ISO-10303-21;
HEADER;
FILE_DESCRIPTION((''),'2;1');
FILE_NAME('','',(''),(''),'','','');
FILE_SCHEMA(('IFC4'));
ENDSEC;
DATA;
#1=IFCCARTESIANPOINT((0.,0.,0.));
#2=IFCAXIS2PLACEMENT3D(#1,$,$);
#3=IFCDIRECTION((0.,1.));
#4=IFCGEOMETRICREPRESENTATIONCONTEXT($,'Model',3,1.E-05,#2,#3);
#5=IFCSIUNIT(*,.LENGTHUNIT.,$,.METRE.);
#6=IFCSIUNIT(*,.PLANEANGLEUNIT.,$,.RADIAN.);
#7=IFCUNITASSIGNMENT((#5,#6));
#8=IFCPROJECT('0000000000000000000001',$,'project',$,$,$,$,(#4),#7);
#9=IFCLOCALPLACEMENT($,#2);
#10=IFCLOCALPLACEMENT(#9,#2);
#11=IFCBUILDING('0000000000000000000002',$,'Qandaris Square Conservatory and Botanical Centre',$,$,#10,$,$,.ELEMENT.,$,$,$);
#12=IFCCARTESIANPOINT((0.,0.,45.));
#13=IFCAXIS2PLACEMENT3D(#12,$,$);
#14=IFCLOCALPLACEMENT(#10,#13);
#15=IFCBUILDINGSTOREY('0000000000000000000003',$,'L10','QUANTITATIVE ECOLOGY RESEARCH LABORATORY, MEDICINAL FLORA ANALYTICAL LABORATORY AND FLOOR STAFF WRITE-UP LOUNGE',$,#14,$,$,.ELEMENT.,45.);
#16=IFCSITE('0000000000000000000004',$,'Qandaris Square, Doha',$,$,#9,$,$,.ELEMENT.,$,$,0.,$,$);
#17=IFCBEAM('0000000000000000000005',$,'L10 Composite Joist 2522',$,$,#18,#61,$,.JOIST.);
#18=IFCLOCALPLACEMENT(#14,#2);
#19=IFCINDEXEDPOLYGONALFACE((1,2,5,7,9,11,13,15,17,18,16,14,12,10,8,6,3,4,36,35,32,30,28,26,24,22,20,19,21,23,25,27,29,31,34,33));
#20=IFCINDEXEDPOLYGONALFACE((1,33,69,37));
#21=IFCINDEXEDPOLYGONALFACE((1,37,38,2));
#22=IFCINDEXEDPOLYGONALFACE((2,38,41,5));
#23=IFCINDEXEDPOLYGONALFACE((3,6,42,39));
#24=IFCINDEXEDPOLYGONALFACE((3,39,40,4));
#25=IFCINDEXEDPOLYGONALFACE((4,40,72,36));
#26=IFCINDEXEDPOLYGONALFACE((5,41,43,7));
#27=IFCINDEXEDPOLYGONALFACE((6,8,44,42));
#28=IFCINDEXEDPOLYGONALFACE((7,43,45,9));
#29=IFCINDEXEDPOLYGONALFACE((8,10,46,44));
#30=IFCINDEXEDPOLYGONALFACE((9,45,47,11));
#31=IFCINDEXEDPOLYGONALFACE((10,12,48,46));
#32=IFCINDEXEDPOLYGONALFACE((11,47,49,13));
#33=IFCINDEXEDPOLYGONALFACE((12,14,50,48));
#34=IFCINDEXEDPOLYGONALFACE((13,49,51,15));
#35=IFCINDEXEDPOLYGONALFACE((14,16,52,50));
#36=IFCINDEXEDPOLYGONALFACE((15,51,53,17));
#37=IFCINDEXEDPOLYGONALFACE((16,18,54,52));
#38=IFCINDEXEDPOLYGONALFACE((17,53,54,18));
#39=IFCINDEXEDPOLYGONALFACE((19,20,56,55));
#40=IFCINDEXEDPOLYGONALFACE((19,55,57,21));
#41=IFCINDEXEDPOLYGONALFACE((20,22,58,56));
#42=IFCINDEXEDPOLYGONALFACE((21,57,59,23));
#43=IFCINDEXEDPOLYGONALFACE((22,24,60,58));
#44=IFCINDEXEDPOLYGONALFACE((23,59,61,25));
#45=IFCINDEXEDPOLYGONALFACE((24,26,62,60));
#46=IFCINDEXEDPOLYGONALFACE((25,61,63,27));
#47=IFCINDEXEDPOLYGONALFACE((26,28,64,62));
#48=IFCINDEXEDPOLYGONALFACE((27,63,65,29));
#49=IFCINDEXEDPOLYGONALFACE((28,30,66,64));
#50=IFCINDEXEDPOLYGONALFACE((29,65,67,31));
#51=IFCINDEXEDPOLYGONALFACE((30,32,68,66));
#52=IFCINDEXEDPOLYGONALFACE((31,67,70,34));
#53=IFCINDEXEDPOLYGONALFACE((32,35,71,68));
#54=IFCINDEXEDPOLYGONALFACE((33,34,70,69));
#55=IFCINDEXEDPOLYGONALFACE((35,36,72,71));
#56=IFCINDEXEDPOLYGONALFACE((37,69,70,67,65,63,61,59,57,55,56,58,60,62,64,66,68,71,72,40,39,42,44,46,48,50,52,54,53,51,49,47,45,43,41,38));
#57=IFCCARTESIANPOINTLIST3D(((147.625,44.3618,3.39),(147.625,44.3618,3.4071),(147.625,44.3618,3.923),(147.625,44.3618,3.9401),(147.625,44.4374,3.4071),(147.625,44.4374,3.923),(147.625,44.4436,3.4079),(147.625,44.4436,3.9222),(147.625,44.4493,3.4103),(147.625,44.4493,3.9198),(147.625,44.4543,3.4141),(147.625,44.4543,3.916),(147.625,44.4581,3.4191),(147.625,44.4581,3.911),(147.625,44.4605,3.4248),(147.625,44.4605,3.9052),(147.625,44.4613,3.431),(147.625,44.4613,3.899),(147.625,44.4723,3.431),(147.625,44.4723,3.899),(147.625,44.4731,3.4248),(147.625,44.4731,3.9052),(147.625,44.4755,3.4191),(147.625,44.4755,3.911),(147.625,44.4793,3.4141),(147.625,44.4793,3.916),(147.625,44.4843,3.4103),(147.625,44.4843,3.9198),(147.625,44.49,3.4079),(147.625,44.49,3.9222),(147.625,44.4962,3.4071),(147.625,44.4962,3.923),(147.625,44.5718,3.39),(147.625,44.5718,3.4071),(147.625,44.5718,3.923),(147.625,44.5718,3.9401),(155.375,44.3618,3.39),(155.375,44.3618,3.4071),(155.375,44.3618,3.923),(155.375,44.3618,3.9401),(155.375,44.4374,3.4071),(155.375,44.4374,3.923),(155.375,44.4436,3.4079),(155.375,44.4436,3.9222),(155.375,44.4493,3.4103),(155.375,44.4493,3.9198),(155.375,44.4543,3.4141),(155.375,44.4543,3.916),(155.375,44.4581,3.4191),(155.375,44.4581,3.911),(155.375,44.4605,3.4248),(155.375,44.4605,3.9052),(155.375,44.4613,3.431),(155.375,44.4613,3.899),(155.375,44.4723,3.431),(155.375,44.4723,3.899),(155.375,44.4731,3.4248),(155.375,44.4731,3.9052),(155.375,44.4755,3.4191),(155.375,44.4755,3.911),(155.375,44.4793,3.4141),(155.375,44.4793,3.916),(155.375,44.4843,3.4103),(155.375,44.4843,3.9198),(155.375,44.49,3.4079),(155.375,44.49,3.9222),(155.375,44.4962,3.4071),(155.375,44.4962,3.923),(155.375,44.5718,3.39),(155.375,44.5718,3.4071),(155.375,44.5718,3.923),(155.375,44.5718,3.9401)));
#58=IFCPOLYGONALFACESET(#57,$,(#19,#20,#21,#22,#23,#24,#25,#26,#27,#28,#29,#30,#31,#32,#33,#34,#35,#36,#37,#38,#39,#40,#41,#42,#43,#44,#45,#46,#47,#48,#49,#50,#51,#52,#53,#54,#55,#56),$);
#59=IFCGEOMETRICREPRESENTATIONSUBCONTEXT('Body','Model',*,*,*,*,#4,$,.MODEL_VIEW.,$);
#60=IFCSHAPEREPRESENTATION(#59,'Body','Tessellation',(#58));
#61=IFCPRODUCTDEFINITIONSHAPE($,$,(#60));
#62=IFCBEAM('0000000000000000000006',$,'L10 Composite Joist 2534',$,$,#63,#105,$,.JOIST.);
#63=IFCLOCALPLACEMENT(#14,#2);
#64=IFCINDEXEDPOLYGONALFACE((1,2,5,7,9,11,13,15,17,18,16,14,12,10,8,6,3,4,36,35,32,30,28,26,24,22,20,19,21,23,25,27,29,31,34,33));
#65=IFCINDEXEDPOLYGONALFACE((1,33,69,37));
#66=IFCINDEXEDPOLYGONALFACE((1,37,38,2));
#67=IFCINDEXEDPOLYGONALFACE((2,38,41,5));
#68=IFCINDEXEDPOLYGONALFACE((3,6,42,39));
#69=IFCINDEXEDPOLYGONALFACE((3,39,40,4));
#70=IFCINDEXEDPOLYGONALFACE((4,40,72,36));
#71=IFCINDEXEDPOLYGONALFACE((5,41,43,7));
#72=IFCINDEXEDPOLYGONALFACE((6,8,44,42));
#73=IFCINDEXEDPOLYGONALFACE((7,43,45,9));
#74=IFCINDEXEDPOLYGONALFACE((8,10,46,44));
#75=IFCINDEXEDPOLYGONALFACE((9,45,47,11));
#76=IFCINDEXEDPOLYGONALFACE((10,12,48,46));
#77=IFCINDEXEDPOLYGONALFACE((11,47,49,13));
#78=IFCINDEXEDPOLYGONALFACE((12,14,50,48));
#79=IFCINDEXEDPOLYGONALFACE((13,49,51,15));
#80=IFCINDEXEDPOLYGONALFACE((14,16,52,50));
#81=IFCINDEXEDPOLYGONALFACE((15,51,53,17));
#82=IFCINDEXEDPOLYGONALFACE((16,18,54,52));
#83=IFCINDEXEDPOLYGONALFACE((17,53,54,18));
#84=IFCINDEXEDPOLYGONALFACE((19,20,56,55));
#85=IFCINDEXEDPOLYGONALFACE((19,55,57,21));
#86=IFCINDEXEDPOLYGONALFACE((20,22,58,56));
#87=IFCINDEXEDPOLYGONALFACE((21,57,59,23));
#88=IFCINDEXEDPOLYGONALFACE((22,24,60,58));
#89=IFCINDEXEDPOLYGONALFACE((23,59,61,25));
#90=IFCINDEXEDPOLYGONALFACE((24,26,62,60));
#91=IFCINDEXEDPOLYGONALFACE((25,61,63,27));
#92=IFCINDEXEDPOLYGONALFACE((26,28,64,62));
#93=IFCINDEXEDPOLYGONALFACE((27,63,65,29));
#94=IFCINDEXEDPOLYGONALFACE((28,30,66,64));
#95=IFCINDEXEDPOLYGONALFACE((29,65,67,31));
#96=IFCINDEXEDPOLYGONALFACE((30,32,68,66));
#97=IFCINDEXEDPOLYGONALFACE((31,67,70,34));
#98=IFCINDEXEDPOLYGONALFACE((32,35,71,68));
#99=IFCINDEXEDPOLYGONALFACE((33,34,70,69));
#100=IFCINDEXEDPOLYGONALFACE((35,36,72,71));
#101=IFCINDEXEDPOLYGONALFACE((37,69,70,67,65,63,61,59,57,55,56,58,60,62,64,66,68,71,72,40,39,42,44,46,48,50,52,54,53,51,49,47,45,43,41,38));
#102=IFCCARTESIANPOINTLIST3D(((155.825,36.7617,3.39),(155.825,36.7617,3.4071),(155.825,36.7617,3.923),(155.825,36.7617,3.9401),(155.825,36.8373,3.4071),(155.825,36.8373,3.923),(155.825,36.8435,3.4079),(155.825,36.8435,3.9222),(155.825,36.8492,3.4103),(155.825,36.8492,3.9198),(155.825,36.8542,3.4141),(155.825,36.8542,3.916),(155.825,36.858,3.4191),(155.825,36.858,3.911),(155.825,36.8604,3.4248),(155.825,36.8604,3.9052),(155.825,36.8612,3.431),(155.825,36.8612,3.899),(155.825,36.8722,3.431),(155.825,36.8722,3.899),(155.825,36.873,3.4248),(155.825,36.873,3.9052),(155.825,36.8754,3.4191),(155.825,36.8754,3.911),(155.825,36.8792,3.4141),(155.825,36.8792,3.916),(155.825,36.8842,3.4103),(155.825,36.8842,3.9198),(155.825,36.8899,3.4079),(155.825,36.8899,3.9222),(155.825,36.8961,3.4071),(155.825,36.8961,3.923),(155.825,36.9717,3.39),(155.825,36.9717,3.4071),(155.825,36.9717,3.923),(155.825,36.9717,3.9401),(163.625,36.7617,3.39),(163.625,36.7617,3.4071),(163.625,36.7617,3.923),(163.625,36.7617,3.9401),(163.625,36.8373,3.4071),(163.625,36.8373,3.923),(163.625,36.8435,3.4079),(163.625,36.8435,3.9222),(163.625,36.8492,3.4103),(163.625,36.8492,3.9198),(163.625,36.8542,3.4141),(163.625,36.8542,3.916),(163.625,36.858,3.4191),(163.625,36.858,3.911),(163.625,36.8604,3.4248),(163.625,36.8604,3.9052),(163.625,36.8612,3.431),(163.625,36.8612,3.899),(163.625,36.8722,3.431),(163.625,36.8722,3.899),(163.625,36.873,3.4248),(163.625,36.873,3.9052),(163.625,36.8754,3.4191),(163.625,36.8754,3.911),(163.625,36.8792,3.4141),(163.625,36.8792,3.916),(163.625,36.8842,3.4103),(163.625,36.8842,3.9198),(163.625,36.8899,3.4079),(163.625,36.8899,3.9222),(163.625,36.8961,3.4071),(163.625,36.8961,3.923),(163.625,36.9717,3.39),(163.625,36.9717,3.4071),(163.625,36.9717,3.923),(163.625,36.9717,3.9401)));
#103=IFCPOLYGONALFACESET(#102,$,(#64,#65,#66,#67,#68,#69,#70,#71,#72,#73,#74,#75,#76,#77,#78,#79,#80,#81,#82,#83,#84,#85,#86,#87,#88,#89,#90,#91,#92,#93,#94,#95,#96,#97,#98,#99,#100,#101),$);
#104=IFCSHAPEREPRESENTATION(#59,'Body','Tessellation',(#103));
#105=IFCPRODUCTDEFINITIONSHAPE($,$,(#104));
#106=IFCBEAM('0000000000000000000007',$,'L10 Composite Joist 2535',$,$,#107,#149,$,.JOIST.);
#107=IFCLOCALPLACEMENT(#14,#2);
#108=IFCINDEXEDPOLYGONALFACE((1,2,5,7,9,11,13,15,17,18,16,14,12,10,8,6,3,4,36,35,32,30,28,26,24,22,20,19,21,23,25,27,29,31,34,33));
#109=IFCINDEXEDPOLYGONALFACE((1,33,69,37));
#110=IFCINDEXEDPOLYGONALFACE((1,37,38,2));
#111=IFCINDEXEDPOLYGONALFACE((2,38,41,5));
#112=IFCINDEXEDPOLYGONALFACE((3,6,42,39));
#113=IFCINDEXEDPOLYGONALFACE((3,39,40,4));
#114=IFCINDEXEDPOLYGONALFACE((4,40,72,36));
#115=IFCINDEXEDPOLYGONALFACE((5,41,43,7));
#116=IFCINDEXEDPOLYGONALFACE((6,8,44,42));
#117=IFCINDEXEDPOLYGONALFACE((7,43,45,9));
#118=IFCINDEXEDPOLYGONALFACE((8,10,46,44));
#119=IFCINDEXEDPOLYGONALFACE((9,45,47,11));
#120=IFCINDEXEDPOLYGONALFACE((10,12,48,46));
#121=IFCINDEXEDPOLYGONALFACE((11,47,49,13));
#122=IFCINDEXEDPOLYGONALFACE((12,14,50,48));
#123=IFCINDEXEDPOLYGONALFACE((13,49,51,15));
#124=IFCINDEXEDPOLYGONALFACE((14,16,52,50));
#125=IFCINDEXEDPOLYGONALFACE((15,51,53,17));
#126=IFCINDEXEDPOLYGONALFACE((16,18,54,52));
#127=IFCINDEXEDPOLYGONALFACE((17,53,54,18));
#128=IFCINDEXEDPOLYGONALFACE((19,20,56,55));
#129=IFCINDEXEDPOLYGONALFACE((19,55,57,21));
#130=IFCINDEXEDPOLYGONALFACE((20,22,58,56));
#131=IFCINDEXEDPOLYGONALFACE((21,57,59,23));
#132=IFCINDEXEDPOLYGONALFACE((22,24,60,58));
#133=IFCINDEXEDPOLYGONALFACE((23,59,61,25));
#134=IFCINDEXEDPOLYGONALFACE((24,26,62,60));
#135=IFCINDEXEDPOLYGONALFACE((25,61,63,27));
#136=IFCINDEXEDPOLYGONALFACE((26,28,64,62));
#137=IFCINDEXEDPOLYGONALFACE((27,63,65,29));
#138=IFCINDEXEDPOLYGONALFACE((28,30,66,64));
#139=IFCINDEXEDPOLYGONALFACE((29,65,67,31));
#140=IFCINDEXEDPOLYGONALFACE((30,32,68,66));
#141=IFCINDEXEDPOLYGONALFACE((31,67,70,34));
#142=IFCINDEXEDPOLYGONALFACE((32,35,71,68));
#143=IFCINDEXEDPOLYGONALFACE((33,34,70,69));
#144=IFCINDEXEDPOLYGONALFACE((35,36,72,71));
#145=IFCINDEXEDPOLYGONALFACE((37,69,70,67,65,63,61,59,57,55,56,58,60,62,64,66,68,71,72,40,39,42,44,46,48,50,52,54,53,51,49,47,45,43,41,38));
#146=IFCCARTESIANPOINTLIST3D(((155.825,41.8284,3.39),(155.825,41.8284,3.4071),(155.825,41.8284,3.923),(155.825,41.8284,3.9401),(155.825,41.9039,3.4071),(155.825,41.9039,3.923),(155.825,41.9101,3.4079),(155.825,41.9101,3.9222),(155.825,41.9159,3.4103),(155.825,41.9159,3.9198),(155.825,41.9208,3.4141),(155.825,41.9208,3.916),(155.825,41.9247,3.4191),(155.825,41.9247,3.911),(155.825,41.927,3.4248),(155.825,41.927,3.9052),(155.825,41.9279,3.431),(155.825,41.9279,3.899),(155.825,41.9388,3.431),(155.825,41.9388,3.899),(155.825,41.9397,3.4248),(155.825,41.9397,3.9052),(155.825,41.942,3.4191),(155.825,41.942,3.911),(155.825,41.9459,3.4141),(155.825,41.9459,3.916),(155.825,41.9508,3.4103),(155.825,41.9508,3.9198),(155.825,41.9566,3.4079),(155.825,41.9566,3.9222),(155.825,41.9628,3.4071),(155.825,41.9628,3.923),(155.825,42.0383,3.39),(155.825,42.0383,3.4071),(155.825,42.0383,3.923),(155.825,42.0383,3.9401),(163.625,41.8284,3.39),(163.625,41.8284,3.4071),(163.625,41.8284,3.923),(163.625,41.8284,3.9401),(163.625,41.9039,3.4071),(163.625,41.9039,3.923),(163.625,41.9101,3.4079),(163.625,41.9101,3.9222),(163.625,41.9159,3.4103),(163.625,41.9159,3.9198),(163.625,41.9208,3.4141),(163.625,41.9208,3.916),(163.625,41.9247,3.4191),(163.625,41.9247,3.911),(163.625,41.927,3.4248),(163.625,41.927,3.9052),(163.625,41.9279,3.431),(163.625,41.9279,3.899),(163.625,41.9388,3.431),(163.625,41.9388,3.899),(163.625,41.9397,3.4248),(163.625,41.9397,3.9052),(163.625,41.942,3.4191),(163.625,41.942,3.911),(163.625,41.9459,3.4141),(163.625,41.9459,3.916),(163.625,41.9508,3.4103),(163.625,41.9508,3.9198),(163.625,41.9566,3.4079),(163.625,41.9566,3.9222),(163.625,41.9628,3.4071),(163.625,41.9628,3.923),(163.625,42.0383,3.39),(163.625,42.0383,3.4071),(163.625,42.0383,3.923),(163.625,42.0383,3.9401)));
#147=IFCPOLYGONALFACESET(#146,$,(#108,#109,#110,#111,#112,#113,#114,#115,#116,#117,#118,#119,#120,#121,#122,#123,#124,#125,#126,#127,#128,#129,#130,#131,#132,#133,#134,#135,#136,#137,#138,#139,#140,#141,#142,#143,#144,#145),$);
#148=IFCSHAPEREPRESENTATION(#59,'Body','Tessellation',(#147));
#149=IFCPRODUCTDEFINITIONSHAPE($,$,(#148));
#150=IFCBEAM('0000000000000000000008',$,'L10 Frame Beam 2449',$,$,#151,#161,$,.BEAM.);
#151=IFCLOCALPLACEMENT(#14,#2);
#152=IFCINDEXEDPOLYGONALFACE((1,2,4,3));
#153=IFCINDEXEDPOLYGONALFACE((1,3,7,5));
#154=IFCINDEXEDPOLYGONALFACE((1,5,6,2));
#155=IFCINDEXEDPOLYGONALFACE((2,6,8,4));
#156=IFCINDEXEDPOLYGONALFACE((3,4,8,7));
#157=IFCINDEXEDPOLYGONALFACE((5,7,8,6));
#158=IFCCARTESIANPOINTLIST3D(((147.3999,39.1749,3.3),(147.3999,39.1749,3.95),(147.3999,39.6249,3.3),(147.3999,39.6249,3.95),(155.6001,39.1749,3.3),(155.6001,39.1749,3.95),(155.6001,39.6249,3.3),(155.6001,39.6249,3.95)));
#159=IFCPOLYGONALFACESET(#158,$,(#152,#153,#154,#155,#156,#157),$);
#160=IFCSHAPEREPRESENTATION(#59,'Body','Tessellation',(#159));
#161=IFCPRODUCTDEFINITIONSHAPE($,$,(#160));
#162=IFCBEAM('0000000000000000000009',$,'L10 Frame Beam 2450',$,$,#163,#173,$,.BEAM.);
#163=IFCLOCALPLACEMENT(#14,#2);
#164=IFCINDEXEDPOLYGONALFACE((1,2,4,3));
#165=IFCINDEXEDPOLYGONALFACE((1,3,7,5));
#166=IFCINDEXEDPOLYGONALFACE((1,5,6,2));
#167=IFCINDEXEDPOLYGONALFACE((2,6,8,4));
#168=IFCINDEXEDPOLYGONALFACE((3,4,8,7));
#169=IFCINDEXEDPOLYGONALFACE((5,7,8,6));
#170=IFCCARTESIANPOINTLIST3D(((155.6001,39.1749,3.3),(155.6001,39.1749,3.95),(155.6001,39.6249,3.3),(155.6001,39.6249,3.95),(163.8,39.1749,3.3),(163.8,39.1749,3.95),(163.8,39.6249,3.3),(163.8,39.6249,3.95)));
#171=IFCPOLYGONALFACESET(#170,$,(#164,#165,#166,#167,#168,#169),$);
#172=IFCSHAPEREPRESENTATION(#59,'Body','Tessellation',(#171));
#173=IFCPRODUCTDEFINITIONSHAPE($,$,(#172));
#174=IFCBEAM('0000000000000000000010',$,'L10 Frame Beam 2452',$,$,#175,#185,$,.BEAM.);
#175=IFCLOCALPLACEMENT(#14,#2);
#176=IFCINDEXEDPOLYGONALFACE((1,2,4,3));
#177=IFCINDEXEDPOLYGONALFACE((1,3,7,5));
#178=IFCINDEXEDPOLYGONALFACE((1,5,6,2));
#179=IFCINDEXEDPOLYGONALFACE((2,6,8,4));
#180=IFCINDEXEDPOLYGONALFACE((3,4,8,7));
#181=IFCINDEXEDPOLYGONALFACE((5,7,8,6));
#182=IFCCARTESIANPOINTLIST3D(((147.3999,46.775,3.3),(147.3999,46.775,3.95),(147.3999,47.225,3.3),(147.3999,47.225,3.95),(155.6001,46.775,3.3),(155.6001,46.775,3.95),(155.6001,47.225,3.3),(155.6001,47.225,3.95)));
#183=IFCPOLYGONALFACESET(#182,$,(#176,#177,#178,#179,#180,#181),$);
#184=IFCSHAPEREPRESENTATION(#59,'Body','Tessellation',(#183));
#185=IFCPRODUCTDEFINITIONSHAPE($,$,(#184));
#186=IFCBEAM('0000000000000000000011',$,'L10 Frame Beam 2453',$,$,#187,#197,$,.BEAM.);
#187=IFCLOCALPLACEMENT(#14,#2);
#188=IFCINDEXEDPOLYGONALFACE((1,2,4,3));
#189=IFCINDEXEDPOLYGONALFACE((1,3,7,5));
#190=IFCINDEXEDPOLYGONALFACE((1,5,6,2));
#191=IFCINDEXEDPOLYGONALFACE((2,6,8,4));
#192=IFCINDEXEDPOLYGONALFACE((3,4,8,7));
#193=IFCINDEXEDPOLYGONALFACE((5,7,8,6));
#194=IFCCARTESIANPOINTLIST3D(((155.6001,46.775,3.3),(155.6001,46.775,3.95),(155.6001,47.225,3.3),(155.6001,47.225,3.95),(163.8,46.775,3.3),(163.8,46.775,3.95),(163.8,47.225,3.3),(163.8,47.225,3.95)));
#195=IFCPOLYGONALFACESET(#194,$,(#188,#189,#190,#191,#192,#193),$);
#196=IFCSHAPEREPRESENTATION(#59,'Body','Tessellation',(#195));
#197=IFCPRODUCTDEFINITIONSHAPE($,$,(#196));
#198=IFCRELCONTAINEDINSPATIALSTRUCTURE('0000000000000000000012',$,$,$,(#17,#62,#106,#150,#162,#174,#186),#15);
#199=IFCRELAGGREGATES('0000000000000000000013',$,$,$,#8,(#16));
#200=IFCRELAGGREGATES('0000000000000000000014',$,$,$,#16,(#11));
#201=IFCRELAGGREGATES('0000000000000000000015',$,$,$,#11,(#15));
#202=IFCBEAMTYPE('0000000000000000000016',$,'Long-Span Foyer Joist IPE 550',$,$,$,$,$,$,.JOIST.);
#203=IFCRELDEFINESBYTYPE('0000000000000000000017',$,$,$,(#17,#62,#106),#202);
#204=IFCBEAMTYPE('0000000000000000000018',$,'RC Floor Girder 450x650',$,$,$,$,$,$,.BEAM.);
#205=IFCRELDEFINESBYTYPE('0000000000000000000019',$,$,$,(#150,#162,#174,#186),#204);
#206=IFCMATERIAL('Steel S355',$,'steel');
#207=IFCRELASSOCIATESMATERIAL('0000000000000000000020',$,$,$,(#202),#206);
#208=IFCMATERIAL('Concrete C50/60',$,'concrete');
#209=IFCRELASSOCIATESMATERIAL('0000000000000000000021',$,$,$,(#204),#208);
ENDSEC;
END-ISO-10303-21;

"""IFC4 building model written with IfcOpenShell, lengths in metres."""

from ifc_helpers import new_model, si_unit, direction, frame, origin, origin_2d, place, context, subcontext, project, spatial, rectangle, i_section, extrude, material, material_profile, profile_set, type_object, element, save


model = new_model("IFC4")

# Units and contexts
model_context = context("Model", 3, precision=1e-05, world=origin(), true_north=direction((0.0, 1.0)))
body_context = subcontext(model_context, "Body", "Model", "MODEL_VIEW")
ifc_project = project(units=[si_unit("LENGTHUNIT", "METRE"), si_unit("PLANEANGLEUNIT", "RADIAN")], contexts=[model_context])

# Site, building, storey
site_placement = place(None, origin())
site = spatial("IfcSite", under=ifc_project, at=site_placement, Name="Qandaris Square, Doha", CompositionType="ELEMENT", RefElevation=0.0)
building_placement = place(site_placement, origin())
building = spatial("IfcBuilding", under=site, at=building_placement, Name="Qandaris Square Conservatory and Botanical Centre", CompositionType="ELEMENT")
storey_placement = place(building_placement, frame((0.0, 0.0, 45.0)))
storey = spatial("IfcBuildingStorey", under=building, at=storey_placement, Name="L10", Description="QUANTITATIVE ECOLOGY RESEARCH LABORATORY, MEDICINAL FLORA ANALYTICAL LABORATORY AND FLOOR STAFF WRITE-UP LOUNGE", CompositionType="ELEMENT", Elevation=45.0)

# Shared definitions
ifc_material_1 = material(Name="Concrete C50/60", Category="concrete")

# Beams
ifc_material_2 = material(Name="Steel S355", Category="steel")
ifc_material_profile_1 = material_profile(ifc_material_2, i_section(OverallWidth=0.21, OverallDepth=0.55, WebThickness=0.011, FlangeThickness=0.0171, FilletRadius=0.0239, at=origin_2d()), Name="IPE 550")
ifc_profile_set_1 = profile_set([ifc_material_profile_1], Name="Steel S355")
beam_type_1 = type_object("IfcBeamType", Name="Long-Span Foyer Joist IPE 550", PredefinedType="JOIST", material=ifc_profile_set_1)
beam_1_placement = place(storey_placement, frame((147.625, 44.4668, 3.665), z_axis=(1.0, 0.0, 0.0), x_axis=(0.0, 1.0, 0.0)))
element("IfcBeam", 1, at=beam_1_placement, inside=storey, type_object=beam_type_1, Name="L10 Composite Joist 2522", PredefinedType="JOIST", context=body_context, shape_type="SweptSolid", body=[
    extrude(i_section(OverallWidth=0.21, OverallDepth=0.55, WebThickness=0.011, FlangeThickness=0.0171, FilletRadius=0.0239, at=origin_2d()), origin(), (0.0, 0.0, 1.0), 7.75),
])
for number, where, z_axis, x_axis, name in (
    (2, (155.825, 36.8667, 3.665), (1.0, 0.0, 0.0), (0.0, 1.0, 0.0), "L10 Composite Joist 2534"),
    (3, (155.825, 41.9333, 3.665), (1.0, 0.0, 0.0), (0.0, 1.0, 0.0), "L10 Composite Joist 2535"),
):
    element("IfcBeam", number, at=place(storey_placement, frame(where, z_axis=z_axis, x_axis=x_axis)), inside=storey, type_object=beam_type_1, Name=name, PredefinedType="JOIST", context=body_context, shape_type="SweptSolid", body=[
        extrude(i_section(OverallWidth=0.21, OverallDepth=0.55, WebThickness=0.011, FlangeThickness=0.0171, FilletRadius=0.0239, at=origin_2d()), origin(), (0.0, 0.0, 1.0), 7.8),
    ])
ifc_material_profile_2 = material_profile(ifc_material_1, rectangle(XDim=0.45, YDim=0.6499, at=origin_2d()), Name="RC-BM 450x650")
ifc_profile_set_2 = profile_set([ifc_material_profile_2], Name="Concrete C50/60")
beam_type_2 = type_object("IfcBeamType", Name="RC Floor Girder 450x650", PredefinedType="BEAM", material=ifc_profile_set_2)
beam_2_placement = place(storey_placement, frame((147.3999, 39.3999, 3.625), z_axis=(1.0, 0.0, 0.0), x_axis=(0.0, 1.0, 0.0)))
element("IfcBeam", 4, at=beam_2_placement, inside=storey, type_object=beam_type_2, Name="L10 Frame Beam 2449", PredefinedType="BEAM", context=body_context, shape_type="SweptSolid", body=[
    extrude(rectangle(XDim=0.45, YDim=0.6499, at=origin_2d()), origin(), (0.0, 0.0, 1.0), 8.2002),
])
beam_3_placement = place(storey_placement, frame((155.6001, 39.3999, 3.625), z_axis=(1.0, 0.0, 0.0), x_axis=(0.0, 1.0, 0.0)))
element("IfcBeam", 5, at=beam_3_placement, inside=storey, type_object=beam_type_2, Name="L10 Frame Beam 2450", PredefinedType="BEAM", context=body_context, shape_type="SweptSolid", body=[
    extrude(rectangle(XDim=0.45, YDim=0.6499, at=origin_2d()), origin(), (0.0, 0.0, 1.0), 8.2),
])
beam_4_placement = place(storey_placement, frame((147.3999, 47.0, 3.625), z_axis=(1.0, 0.0, 0.0), x_axis=(0.0, 1.0, 0.0)))
element("IfcBeam", 6, at=beam_4_placement, inside=storey, type_object=beam_type_2, Name="L10 Frame Beam 2452", PredefinedType="BEAM", context=body_context, shape_type="SweptSolid", body=[
    extrude(rectangle(XDim=0.45, YDim=0.6499, at=origin_2d()), origin(), (0.0, 0.0, 1.0), 8.2002),
])
beam_5_placement = place(storey_placement, frame((155.6001, 47.0, 3.625), z_axis=(1.0, 0.0, 0.0), x_axis=(0.0, 1.0, 0.0)))
element("IfcBeam", 7, at=beam_5_placement, inside=storey, type_object=beam_type_2, Name="L10 Frame Beam 2453", PredefinedType="BEAM", context=body_context, shape_type="SweptSolid", body=[
    extrude(rectangle(XDim=0.45, YDim=0.6499, at=origin_2d()), origin(), (0.0, 0.0, 1.0), 8.2),
])

save(model, "model.ifc")
